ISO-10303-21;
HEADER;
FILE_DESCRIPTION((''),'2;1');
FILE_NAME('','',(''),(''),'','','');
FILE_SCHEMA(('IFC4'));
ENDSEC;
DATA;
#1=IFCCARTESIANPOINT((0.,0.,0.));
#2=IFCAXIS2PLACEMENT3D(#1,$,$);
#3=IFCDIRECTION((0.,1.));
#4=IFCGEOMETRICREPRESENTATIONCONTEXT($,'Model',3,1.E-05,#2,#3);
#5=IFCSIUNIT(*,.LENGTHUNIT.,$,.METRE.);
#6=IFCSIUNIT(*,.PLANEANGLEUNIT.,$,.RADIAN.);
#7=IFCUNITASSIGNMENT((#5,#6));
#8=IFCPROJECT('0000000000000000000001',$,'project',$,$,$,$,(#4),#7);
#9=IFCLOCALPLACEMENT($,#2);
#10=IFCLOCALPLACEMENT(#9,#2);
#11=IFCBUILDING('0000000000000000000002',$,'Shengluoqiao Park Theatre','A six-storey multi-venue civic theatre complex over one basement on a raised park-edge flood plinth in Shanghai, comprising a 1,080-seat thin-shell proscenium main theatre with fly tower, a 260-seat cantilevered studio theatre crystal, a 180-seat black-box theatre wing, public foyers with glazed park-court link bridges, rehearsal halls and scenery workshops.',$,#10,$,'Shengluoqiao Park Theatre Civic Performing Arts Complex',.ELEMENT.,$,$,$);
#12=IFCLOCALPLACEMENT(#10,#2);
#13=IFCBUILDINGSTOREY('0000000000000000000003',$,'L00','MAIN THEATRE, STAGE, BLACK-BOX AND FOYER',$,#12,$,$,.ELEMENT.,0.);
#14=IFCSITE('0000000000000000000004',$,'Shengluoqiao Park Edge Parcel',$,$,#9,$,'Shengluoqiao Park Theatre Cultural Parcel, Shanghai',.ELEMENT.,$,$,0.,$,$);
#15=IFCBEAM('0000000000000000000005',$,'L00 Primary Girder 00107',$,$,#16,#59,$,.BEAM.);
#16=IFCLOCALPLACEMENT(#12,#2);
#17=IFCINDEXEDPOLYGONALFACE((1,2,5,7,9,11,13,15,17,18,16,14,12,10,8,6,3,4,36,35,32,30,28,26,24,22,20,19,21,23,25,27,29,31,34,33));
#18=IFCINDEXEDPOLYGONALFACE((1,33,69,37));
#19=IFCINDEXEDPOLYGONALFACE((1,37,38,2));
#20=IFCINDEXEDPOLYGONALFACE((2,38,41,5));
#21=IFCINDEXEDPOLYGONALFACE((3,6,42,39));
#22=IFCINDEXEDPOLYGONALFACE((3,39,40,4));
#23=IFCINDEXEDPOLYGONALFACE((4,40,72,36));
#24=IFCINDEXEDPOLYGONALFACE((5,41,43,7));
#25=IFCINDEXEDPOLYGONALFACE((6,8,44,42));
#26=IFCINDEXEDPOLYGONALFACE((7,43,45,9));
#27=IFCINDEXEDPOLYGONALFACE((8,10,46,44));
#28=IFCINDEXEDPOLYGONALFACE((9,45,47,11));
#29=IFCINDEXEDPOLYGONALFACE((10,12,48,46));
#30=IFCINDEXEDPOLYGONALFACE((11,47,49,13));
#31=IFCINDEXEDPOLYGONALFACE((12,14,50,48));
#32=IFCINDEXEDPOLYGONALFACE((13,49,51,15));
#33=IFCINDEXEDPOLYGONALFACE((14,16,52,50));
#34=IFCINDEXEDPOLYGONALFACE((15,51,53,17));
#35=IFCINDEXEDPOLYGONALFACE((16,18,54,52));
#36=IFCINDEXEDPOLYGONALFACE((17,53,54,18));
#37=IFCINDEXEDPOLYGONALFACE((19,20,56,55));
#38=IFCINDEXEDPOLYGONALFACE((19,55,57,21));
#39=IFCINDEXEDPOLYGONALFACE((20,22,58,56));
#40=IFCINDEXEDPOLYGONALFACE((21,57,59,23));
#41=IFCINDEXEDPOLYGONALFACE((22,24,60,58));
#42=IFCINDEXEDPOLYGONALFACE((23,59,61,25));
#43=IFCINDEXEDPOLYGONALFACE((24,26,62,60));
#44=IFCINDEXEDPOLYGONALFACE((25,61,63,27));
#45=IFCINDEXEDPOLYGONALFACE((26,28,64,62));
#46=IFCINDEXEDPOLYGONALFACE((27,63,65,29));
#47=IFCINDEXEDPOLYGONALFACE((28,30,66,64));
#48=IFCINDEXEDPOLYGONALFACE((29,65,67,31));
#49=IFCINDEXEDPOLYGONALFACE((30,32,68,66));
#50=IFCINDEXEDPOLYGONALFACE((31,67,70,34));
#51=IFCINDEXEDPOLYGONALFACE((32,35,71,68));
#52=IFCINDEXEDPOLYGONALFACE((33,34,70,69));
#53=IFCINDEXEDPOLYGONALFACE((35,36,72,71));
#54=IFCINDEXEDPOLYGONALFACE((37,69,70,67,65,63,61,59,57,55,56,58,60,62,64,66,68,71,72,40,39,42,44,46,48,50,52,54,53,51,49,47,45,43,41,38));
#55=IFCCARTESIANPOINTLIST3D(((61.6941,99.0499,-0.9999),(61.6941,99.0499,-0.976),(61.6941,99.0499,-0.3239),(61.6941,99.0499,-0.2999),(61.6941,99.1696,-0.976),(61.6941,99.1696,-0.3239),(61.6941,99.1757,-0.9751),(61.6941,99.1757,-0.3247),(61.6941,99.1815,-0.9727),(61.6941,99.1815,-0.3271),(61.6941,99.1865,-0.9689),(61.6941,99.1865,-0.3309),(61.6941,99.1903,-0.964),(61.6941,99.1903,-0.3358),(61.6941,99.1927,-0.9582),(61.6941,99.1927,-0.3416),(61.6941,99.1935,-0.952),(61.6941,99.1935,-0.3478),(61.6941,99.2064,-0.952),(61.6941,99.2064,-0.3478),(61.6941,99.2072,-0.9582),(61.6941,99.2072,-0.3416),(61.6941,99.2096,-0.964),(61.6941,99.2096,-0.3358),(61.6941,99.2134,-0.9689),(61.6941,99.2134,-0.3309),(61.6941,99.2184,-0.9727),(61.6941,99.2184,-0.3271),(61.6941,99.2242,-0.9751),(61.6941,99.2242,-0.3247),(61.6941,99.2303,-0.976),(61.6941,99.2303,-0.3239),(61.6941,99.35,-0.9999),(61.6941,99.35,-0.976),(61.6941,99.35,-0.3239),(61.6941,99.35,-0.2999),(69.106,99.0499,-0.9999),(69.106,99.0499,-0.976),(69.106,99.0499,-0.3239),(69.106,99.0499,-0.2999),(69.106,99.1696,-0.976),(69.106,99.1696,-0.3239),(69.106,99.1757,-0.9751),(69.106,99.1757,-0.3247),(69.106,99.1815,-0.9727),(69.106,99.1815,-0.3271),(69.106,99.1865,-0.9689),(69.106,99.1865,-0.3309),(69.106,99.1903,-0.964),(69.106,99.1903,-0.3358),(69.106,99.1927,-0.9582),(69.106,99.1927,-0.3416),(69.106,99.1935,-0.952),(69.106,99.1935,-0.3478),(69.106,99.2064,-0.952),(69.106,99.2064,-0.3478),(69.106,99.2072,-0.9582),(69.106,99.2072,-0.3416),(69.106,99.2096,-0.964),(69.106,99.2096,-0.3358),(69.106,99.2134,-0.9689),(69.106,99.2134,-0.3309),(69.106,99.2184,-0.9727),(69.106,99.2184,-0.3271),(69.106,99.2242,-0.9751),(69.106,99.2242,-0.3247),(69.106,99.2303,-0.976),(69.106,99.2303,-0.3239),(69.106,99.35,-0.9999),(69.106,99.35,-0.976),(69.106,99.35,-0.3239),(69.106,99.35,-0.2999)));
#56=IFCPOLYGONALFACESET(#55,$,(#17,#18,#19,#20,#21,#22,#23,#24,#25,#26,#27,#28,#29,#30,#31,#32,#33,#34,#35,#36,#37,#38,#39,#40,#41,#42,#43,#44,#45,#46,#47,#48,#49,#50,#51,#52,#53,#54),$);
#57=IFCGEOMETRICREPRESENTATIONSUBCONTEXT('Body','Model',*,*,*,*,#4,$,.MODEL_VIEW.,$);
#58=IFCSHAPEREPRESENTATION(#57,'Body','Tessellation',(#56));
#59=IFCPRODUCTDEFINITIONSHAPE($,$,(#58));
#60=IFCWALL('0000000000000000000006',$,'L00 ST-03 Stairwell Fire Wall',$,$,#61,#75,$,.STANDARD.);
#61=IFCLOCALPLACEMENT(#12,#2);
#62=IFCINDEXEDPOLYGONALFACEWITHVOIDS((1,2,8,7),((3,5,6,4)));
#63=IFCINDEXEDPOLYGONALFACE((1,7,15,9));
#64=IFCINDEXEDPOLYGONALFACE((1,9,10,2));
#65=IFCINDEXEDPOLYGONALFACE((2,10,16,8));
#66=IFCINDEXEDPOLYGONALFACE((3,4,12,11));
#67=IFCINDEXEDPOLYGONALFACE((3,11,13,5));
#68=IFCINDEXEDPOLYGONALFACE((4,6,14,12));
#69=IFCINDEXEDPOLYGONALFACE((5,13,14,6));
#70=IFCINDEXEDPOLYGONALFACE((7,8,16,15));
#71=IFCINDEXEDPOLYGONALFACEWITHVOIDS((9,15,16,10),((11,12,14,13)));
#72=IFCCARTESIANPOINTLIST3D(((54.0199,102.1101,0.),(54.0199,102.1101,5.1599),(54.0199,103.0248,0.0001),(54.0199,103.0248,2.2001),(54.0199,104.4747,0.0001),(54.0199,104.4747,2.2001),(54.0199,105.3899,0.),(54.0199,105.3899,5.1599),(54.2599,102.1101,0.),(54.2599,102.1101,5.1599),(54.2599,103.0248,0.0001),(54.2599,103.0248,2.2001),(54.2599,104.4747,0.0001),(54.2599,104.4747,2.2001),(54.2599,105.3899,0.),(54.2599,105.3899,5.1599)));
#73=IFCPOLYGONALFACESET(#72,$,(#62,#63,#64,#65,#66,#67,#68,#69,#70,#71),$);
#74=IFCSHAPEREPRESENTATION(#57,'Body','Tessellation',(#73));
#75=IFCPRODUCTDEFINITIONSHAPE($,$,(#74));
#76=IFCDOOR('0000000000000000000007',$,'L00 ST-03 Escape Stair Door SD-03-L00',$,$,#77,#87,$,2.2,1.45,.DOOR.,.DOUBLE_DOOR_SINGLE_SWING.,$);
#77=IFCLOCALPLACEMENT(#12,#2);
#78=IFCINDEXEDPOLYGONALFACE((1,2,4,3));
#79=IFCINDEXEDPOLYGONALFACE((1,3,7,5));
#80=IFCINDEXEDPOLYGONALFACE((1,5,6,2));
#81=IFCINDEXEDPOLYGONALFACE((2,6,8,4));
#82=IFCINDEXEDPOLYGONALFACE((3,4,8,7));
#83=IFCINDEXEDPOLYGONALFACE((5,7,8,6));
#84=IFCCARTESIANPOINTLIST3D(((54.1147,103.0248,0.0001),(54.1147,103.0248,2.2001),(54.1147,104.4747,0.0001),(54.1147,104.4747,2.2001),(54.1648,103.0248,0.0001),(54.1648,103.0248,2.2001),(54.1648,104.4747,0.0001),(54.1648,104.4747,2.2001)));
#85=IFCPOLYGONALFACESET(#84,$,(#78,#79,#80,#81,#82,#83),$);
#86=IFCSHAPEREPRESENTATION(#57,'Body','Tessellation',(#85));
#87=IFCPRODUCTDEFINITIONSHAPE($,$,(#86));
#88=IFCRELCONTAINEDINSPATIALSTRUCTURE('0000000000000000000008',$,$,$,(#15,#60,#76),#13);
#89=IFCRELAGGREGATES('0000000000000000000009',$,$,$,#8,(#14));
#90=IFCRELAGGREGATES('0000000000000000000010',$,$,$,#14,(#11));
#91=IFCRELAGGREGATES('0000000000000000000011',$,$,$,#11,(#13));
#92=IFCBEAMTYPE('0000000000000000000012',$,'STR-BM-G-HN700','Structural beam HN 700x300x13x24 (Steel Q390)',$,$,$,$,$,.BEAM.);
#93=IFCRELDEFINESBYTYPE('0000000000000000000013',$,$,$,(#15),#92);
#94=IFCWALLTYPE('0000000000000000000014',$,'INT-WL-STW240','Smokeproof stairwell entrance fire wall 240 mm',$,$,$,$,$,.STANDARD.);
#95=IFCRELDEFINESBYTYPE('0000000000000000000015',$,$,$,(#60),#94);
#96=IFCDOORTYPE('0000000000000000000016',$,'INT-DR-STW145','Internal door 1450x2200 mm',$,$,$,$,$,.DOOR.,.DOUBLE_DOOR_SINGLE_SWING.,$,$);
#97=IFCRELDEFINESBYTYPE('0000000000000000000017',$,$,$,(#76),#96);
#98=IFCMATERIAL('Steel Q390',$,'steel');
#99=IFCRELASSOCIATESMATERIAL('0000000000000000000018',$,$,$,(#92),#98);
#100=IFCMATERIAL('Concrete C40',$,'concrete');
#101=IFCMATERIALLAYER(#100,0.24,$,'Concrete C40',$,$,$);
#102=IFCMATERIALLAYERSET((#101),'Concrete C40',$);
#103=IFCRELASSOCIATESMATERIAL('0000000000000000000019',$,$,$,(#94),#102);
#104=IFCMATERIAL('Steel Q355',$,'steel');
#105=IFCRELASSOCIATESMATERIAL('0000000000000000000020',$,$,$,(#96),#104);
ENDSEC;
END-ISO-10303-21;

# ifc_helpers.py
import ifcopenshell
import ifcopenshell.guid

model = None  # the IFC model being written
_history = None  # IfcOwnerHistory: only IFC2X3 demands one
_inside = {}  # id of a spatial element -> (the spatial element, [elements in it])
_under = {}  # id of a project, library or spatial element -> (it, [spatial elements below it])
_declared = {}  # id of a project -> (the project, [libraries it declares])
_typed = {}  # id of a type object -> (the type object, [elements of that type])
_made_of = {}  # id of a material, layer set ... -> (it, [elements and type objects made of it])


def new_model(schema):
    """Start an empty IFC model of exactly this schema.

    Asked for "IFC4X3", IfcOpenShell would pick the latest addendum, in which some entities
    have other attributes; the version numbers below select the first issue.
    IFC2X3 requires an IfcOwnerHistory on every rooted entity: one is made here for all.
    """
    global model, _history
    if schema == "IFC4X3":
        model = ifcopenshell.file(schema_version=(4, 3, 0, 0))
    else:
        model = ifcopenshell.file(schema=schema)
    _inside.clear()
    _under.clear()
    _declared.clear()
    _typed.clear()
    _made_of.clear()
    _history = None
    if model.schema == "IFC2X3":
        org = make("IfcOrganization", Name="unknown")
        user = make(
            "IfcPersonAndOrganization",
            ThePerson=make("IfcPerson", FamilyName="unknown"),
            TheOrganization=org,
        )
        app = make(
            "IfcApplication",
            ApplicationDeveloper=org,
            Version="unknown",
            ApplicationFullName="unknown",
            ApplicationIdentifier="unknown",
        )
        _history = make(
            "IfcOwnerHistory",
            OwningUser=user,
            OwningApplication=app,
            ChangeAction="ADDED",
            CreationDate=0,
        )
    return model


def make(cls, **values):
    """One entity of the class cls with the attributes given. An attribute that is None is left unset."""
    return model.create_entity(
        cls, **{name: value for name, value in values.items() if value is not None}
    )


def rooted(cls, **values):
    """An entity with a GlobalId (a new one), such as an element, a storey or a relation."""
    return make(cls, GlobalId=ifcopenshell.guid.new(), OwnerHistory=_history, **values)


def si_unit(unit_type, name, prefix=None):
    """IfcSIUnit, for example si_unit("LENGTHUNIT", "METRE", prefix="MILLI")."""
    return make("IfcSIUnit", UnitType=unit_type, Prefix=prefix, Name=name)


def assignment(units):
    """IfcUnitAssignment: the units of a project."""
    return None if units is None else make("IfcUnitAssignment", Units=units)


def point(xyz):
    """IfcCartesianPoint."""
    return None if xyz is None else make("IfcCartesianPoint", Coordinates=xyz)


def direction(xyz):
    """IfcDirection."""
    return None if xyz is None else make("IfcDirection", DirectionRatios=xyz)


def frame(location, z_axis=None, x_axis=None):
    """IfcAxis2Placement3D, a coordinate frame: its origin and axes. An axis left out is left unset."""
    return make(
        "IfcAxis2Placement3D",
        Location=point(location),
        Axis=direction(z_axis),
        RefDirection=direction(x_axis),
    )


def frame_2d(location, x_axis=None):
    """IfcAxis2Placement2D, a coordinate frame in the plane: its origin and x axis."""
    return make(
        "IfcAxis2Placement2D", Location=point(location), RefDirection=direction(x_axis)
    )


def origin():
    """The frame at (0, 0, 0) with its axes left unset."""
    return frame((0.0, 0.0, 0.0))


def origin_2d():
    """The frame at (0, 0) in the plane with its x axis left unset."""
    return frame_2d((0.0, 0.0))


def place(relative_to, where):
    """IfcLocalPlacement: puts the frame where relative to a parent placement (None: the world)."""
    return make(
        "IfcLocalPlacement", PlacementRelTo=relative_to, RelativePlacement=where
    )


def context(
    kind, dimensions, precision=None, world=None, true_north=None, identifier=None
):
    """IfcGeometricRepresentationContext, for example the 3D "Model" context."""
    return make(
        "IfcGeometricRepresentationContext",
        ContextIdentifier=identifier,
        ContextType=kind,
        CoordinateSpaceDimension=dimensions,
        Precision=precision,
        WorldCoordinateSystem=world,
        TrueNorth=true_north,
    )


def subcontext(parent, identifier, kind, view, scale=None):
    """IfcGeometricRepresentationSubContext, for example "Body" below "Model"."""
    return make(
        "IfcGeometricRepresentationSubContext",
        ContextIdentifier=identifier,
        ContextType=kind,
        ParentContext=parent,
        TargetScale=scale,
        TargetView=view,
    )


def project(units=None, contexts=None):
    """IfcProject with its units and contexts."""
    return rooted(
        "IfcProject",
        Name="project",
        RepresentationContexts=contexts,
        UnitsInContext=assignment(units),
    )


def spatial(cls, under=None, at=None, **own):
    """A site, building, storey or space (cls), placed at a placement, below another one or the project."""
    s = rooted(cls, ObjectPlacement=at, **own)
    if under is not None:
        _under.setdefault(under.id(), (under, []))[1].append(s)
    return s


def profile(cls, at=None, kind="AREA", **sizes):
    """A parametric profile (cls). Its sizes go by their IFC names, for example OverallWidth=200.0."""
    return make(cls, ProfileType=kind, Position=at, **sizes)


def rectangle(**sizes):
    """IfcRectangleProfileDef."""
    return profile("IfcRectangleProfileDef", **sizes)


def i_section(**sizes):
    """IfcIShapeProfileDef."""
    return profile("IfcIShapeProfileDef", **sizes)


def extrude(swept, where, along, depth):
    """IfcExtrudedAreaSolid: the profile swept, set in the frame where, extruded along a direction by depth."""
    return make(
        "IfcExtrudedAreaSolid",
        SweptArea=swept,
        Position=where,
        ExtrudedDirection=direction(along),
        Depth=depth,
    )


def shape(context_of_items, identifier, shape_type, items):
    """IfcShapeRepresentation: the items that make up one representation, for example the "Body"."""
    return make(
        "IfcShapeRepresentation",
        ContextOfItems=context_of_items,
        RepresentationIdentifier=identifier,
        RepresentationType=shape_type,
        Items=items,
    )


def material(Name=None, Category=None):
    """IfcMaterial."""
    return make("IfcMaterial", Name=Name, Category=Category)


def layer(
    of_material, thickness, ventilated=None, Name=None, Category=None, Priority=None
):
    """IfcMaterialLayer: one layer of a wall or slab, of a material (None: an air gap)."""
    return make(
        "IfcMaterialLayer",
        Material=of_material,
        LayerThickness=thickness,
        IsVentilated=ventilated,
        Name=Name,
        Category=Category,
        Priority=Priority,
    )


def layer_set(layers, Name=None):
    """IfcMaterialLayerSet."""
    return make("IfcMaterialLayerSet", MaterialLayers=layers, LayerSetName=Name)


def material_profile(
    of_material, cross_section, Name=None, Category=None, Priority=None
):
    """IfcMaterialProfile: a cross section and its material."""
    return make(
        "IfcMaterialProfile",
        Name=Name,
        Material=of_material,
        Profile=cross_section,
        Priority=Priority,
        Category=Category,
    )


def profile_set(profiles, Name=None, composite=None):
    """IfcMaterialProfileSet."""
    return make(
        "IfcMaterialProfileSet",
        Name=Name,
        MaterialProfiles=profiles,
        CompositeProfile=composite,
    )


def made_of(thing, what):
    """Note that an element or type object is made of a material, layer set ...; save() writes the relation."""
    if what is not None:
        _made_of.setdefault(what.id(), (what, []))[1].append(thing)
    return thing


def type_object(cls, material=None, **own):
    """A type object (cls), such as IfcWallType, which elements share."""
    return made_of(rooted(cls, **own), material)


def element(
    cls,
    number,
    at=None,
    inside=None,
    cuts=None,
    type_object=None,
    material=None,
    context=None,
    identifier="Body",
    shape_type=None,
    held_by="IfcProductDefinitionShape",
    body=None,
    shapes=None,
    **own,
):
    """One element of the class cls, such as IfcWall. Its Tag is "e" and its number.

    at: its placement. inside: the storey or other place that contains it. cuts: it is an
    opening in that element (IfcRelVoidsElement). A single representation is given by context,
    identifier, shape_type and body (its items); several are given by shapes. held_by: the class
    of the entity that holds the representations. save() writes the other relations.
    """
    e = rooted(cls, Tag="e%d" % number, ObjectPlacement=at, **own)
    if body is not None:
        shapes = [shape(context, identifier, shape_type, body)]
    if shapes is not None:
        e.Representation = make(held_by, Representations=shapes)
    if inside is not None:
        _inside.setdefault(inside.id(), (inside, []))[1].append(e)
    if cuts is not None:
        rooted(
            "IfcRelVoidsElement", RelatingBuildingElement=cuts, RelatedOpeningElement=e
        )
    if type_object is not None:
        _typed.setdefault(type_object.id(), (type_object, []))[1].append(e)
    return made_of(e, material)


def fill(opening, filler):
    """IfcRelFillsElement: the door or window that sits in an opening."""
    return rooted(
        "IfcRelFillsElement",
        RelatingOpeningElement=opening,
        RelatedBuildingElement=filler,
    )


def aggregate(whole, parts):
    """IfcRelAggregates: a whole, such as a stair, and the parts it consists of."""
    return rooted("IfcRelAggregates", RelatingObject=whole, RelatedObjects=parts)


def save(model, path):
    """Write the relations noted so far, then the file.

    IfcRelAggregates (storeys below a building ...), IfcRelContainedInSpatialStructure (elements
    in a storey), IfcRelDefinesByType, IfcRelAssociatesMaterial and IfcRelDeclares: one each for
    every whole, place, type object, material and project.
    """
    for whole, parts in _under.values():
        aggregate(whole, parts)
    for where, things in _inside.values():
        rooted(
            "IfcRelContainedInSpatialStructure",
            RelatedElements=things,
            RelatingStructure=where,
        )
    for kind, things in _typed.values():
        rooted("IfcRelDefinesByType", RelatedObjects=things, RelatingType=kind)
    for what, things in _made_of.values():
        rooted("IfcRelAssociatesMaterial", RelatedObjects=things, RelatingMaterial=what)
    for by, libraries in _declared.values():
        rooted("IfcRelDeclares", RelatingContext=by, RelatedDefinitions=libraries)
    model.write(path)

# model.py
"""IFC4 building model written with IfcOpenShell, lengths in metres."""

from ifc_helpers import new_model, si_unit, direction, frame, frame_2d, origin, origin_2d, place, context, subcontext, project, spatial, rectangle, i_section, extrude, material, layer, layer_set, material_profile, profile_set, type_object, element, fill, save


model = new_model("IFC4")

# Units and contexts
model_context = context("Model", 3, precision=1e-05, world=origin(), true_north=direction((0.0, 1.0)))
body_context = subcontext(model_context, "Body", "Model", "MODEL_VIEW")
ifc_project = project(units=[si_unit("LENGTHUNIT", "METRE"), si_unit("PLANEANGLEUNIT", "RADIAN")], contexts=[model_context])

# Site, building, storey
site_placement = place(None, origin())
site = spatial("IfcSite", under=ifc_project, at=site_placement, Name="Shengluoqiao Park Edge Parcel", LongName="Shengluoqiao Park Theatre Cultural Parcel, Shanghai", CompositionType="ELEMENT", RefElevation=0.0)
building_placement = place(site_placement, origin())
building = spatial("IfcBuilding", under=site, at=building_placement, Name="Shengluoqiao Park Theatre", Description="A six-storey multi-venue civic theatre complex over one basement on a raised park-edge flood plinth in Shanghai, comprising a 1,080-seat thin-shell proscenium main theatre with fly tower, a 260-seat cantilevered studio theatre crystal, a 180-seat black-box theatre wing, public foyers with glazed park-court link bridges, rehearsal halls and scenery workshops.", LongName="Shengluoqiao Park Theatre Civic Performing Arts Complex", CompositionType="ELEMENT")
storey_placement = place(building_placement, origin())
storey = spatial("IfcBuildingStorey", under=building, at=storey_placement, Name="L00", Description="MAIN THEATRE, STAGE, BLACK-BOX AND FOYER", CompositionType="ELEMENT", Elevation=0.0)

# Beam
ifc_material_1 = material(Name="Concrete C40", Category="concrete")
ifc_material_2 = material(Name="Steel Q355", Category="steel")
ifc_material_3 = material(Name="Steel Q390", Category="steel")
ifc_material_profile_1 = material_profile(ifc_material_3, i_section(OverallWidth=0.3, OverallDepth=0.7, WebThickness=0.0129, FlangeThickness=0.0239, FilletRadius=0.0239, at=origin_2d()), Name="HN 700x300x13x24")
ifc_profile_set_1 = profile_set([ifc_material_profile_1], Name="Steel Q390")
beam_type_1 = type_object("IfcBeamType", Name="STR-BM-G-HN700", Description="Structural beam HN 700x300x13x24 (Steel Q390)", PredefinedType="BEAM", material=ifc_profile_set_1)
beam_1_placement = place(storey_placement, frame((61.6941, 99.2, -0.6499), z_axis=(1.0, 0.0, 0.0), x_axis=(0.0, 1.0, 0.0)))
element("IfcBeam", 1, at=beam_1_placement, inside=storey, type_object=beam_type_1, Name="L00 Primary Girder 00107", PredefinedType="BEAM", context=body_context, shape_type="SweptSolid", body=[
    extrude(i_section(OverallWidth=0.3, OverallDepth=0.7, WebThickness=0.0129, FlangeThickness=0.0239, FilletRadius=0.0239, at=origin_2d()), origin(), (0.0, 0.0, 1.0), 7.4119),
])

# Wall, opening, door
ifc_layer = layer(ifc_material_1, 0.24, Name="Concrete C40")
ifc_layer_set = layer_set([ifc_layer], Name="Concrete C40")
wall_type = type_object("IfcWallType", Name="INT-WL-STW240", Description="Smokeproof stairwell entrance fire wall 240 mm", PredefinedType="STANDARD", material=ifc_layer_set)
wall_placement = place(storey_placement, frame((54.1399, 105.3899, 0.0), z_axis=(0.0, 0.0, 1.0), x_axis=(0.0, -1.0, 0.0)))
wall = element("IfcWall", 2, at=wall_placement, inside=storey, type_object=wall_type, Name="L00 ST-03 Stairwell Fire Wall", PredefinedType="STANDARD", context=body_context, shape_type="SweptSolid", body=[
    extrude(rectangle(XDim=3.2798, YDim=0.24, at=frame_2d((1.6399, 0.0))), origin(), (0.0, 0.0, 1.0), 5.1599),
])
opening_placement = place(wall_placement, frame((0.915, 0.0, 0.0)))
opening = element("IfcOpeningElement", 3, at=opening_placement, cuts=wall, PredefinedType="OPENING", context=body_context, shape_type="SweptSolid", body=[
    extrude(rectangle(XDim=1.45, YDim=2.2, at=frame_2d((0.7251, 1.1001))), frame((0.0, 0.1299, 0.0), z_axis=(0.0, -1.0, 0.0), x_axis=(1.0, 0.0, 0.0)), (0.0, 0.0, 1.0), 0.26),
])
door_type = type_object("IfcDoorType", Name="INT-DR-STW145", Description="Internal door 1450x2200 mm", OperationType="DOUBLE_DOOR_SINGLE_SWING", PredefinedType="DOOR", material=ifc_material_2)
door_placement = place(opening_placement, origin())
door = element("IfcDoor", 4, at=door_placement, inside=storey, type_object=door_type, Name="L00 ST-03 Escape Stair Door SD-03-L00", OperationType="DOUBLE_DOOR_SINGLE_SWING", OverallHeight=2.2, OverallWidth=1.45, PredefinedType="DOOR", context=body_context, shape_type="SweptSolid", body=[
    extrude(rectangle(XDim=1.45, YDim=2.2, at=frame_2d((0.7251, 1.1001))), frame((0.0, 0.0249, 0.0), z_axis=(0.0, -1.0, 0.0), x_axis=(1.0, 0.0, 0.0)), (0.0, 0.0, 1.0), 0.05),
])
fill(opening, door)

save(model, "model.ifc")
